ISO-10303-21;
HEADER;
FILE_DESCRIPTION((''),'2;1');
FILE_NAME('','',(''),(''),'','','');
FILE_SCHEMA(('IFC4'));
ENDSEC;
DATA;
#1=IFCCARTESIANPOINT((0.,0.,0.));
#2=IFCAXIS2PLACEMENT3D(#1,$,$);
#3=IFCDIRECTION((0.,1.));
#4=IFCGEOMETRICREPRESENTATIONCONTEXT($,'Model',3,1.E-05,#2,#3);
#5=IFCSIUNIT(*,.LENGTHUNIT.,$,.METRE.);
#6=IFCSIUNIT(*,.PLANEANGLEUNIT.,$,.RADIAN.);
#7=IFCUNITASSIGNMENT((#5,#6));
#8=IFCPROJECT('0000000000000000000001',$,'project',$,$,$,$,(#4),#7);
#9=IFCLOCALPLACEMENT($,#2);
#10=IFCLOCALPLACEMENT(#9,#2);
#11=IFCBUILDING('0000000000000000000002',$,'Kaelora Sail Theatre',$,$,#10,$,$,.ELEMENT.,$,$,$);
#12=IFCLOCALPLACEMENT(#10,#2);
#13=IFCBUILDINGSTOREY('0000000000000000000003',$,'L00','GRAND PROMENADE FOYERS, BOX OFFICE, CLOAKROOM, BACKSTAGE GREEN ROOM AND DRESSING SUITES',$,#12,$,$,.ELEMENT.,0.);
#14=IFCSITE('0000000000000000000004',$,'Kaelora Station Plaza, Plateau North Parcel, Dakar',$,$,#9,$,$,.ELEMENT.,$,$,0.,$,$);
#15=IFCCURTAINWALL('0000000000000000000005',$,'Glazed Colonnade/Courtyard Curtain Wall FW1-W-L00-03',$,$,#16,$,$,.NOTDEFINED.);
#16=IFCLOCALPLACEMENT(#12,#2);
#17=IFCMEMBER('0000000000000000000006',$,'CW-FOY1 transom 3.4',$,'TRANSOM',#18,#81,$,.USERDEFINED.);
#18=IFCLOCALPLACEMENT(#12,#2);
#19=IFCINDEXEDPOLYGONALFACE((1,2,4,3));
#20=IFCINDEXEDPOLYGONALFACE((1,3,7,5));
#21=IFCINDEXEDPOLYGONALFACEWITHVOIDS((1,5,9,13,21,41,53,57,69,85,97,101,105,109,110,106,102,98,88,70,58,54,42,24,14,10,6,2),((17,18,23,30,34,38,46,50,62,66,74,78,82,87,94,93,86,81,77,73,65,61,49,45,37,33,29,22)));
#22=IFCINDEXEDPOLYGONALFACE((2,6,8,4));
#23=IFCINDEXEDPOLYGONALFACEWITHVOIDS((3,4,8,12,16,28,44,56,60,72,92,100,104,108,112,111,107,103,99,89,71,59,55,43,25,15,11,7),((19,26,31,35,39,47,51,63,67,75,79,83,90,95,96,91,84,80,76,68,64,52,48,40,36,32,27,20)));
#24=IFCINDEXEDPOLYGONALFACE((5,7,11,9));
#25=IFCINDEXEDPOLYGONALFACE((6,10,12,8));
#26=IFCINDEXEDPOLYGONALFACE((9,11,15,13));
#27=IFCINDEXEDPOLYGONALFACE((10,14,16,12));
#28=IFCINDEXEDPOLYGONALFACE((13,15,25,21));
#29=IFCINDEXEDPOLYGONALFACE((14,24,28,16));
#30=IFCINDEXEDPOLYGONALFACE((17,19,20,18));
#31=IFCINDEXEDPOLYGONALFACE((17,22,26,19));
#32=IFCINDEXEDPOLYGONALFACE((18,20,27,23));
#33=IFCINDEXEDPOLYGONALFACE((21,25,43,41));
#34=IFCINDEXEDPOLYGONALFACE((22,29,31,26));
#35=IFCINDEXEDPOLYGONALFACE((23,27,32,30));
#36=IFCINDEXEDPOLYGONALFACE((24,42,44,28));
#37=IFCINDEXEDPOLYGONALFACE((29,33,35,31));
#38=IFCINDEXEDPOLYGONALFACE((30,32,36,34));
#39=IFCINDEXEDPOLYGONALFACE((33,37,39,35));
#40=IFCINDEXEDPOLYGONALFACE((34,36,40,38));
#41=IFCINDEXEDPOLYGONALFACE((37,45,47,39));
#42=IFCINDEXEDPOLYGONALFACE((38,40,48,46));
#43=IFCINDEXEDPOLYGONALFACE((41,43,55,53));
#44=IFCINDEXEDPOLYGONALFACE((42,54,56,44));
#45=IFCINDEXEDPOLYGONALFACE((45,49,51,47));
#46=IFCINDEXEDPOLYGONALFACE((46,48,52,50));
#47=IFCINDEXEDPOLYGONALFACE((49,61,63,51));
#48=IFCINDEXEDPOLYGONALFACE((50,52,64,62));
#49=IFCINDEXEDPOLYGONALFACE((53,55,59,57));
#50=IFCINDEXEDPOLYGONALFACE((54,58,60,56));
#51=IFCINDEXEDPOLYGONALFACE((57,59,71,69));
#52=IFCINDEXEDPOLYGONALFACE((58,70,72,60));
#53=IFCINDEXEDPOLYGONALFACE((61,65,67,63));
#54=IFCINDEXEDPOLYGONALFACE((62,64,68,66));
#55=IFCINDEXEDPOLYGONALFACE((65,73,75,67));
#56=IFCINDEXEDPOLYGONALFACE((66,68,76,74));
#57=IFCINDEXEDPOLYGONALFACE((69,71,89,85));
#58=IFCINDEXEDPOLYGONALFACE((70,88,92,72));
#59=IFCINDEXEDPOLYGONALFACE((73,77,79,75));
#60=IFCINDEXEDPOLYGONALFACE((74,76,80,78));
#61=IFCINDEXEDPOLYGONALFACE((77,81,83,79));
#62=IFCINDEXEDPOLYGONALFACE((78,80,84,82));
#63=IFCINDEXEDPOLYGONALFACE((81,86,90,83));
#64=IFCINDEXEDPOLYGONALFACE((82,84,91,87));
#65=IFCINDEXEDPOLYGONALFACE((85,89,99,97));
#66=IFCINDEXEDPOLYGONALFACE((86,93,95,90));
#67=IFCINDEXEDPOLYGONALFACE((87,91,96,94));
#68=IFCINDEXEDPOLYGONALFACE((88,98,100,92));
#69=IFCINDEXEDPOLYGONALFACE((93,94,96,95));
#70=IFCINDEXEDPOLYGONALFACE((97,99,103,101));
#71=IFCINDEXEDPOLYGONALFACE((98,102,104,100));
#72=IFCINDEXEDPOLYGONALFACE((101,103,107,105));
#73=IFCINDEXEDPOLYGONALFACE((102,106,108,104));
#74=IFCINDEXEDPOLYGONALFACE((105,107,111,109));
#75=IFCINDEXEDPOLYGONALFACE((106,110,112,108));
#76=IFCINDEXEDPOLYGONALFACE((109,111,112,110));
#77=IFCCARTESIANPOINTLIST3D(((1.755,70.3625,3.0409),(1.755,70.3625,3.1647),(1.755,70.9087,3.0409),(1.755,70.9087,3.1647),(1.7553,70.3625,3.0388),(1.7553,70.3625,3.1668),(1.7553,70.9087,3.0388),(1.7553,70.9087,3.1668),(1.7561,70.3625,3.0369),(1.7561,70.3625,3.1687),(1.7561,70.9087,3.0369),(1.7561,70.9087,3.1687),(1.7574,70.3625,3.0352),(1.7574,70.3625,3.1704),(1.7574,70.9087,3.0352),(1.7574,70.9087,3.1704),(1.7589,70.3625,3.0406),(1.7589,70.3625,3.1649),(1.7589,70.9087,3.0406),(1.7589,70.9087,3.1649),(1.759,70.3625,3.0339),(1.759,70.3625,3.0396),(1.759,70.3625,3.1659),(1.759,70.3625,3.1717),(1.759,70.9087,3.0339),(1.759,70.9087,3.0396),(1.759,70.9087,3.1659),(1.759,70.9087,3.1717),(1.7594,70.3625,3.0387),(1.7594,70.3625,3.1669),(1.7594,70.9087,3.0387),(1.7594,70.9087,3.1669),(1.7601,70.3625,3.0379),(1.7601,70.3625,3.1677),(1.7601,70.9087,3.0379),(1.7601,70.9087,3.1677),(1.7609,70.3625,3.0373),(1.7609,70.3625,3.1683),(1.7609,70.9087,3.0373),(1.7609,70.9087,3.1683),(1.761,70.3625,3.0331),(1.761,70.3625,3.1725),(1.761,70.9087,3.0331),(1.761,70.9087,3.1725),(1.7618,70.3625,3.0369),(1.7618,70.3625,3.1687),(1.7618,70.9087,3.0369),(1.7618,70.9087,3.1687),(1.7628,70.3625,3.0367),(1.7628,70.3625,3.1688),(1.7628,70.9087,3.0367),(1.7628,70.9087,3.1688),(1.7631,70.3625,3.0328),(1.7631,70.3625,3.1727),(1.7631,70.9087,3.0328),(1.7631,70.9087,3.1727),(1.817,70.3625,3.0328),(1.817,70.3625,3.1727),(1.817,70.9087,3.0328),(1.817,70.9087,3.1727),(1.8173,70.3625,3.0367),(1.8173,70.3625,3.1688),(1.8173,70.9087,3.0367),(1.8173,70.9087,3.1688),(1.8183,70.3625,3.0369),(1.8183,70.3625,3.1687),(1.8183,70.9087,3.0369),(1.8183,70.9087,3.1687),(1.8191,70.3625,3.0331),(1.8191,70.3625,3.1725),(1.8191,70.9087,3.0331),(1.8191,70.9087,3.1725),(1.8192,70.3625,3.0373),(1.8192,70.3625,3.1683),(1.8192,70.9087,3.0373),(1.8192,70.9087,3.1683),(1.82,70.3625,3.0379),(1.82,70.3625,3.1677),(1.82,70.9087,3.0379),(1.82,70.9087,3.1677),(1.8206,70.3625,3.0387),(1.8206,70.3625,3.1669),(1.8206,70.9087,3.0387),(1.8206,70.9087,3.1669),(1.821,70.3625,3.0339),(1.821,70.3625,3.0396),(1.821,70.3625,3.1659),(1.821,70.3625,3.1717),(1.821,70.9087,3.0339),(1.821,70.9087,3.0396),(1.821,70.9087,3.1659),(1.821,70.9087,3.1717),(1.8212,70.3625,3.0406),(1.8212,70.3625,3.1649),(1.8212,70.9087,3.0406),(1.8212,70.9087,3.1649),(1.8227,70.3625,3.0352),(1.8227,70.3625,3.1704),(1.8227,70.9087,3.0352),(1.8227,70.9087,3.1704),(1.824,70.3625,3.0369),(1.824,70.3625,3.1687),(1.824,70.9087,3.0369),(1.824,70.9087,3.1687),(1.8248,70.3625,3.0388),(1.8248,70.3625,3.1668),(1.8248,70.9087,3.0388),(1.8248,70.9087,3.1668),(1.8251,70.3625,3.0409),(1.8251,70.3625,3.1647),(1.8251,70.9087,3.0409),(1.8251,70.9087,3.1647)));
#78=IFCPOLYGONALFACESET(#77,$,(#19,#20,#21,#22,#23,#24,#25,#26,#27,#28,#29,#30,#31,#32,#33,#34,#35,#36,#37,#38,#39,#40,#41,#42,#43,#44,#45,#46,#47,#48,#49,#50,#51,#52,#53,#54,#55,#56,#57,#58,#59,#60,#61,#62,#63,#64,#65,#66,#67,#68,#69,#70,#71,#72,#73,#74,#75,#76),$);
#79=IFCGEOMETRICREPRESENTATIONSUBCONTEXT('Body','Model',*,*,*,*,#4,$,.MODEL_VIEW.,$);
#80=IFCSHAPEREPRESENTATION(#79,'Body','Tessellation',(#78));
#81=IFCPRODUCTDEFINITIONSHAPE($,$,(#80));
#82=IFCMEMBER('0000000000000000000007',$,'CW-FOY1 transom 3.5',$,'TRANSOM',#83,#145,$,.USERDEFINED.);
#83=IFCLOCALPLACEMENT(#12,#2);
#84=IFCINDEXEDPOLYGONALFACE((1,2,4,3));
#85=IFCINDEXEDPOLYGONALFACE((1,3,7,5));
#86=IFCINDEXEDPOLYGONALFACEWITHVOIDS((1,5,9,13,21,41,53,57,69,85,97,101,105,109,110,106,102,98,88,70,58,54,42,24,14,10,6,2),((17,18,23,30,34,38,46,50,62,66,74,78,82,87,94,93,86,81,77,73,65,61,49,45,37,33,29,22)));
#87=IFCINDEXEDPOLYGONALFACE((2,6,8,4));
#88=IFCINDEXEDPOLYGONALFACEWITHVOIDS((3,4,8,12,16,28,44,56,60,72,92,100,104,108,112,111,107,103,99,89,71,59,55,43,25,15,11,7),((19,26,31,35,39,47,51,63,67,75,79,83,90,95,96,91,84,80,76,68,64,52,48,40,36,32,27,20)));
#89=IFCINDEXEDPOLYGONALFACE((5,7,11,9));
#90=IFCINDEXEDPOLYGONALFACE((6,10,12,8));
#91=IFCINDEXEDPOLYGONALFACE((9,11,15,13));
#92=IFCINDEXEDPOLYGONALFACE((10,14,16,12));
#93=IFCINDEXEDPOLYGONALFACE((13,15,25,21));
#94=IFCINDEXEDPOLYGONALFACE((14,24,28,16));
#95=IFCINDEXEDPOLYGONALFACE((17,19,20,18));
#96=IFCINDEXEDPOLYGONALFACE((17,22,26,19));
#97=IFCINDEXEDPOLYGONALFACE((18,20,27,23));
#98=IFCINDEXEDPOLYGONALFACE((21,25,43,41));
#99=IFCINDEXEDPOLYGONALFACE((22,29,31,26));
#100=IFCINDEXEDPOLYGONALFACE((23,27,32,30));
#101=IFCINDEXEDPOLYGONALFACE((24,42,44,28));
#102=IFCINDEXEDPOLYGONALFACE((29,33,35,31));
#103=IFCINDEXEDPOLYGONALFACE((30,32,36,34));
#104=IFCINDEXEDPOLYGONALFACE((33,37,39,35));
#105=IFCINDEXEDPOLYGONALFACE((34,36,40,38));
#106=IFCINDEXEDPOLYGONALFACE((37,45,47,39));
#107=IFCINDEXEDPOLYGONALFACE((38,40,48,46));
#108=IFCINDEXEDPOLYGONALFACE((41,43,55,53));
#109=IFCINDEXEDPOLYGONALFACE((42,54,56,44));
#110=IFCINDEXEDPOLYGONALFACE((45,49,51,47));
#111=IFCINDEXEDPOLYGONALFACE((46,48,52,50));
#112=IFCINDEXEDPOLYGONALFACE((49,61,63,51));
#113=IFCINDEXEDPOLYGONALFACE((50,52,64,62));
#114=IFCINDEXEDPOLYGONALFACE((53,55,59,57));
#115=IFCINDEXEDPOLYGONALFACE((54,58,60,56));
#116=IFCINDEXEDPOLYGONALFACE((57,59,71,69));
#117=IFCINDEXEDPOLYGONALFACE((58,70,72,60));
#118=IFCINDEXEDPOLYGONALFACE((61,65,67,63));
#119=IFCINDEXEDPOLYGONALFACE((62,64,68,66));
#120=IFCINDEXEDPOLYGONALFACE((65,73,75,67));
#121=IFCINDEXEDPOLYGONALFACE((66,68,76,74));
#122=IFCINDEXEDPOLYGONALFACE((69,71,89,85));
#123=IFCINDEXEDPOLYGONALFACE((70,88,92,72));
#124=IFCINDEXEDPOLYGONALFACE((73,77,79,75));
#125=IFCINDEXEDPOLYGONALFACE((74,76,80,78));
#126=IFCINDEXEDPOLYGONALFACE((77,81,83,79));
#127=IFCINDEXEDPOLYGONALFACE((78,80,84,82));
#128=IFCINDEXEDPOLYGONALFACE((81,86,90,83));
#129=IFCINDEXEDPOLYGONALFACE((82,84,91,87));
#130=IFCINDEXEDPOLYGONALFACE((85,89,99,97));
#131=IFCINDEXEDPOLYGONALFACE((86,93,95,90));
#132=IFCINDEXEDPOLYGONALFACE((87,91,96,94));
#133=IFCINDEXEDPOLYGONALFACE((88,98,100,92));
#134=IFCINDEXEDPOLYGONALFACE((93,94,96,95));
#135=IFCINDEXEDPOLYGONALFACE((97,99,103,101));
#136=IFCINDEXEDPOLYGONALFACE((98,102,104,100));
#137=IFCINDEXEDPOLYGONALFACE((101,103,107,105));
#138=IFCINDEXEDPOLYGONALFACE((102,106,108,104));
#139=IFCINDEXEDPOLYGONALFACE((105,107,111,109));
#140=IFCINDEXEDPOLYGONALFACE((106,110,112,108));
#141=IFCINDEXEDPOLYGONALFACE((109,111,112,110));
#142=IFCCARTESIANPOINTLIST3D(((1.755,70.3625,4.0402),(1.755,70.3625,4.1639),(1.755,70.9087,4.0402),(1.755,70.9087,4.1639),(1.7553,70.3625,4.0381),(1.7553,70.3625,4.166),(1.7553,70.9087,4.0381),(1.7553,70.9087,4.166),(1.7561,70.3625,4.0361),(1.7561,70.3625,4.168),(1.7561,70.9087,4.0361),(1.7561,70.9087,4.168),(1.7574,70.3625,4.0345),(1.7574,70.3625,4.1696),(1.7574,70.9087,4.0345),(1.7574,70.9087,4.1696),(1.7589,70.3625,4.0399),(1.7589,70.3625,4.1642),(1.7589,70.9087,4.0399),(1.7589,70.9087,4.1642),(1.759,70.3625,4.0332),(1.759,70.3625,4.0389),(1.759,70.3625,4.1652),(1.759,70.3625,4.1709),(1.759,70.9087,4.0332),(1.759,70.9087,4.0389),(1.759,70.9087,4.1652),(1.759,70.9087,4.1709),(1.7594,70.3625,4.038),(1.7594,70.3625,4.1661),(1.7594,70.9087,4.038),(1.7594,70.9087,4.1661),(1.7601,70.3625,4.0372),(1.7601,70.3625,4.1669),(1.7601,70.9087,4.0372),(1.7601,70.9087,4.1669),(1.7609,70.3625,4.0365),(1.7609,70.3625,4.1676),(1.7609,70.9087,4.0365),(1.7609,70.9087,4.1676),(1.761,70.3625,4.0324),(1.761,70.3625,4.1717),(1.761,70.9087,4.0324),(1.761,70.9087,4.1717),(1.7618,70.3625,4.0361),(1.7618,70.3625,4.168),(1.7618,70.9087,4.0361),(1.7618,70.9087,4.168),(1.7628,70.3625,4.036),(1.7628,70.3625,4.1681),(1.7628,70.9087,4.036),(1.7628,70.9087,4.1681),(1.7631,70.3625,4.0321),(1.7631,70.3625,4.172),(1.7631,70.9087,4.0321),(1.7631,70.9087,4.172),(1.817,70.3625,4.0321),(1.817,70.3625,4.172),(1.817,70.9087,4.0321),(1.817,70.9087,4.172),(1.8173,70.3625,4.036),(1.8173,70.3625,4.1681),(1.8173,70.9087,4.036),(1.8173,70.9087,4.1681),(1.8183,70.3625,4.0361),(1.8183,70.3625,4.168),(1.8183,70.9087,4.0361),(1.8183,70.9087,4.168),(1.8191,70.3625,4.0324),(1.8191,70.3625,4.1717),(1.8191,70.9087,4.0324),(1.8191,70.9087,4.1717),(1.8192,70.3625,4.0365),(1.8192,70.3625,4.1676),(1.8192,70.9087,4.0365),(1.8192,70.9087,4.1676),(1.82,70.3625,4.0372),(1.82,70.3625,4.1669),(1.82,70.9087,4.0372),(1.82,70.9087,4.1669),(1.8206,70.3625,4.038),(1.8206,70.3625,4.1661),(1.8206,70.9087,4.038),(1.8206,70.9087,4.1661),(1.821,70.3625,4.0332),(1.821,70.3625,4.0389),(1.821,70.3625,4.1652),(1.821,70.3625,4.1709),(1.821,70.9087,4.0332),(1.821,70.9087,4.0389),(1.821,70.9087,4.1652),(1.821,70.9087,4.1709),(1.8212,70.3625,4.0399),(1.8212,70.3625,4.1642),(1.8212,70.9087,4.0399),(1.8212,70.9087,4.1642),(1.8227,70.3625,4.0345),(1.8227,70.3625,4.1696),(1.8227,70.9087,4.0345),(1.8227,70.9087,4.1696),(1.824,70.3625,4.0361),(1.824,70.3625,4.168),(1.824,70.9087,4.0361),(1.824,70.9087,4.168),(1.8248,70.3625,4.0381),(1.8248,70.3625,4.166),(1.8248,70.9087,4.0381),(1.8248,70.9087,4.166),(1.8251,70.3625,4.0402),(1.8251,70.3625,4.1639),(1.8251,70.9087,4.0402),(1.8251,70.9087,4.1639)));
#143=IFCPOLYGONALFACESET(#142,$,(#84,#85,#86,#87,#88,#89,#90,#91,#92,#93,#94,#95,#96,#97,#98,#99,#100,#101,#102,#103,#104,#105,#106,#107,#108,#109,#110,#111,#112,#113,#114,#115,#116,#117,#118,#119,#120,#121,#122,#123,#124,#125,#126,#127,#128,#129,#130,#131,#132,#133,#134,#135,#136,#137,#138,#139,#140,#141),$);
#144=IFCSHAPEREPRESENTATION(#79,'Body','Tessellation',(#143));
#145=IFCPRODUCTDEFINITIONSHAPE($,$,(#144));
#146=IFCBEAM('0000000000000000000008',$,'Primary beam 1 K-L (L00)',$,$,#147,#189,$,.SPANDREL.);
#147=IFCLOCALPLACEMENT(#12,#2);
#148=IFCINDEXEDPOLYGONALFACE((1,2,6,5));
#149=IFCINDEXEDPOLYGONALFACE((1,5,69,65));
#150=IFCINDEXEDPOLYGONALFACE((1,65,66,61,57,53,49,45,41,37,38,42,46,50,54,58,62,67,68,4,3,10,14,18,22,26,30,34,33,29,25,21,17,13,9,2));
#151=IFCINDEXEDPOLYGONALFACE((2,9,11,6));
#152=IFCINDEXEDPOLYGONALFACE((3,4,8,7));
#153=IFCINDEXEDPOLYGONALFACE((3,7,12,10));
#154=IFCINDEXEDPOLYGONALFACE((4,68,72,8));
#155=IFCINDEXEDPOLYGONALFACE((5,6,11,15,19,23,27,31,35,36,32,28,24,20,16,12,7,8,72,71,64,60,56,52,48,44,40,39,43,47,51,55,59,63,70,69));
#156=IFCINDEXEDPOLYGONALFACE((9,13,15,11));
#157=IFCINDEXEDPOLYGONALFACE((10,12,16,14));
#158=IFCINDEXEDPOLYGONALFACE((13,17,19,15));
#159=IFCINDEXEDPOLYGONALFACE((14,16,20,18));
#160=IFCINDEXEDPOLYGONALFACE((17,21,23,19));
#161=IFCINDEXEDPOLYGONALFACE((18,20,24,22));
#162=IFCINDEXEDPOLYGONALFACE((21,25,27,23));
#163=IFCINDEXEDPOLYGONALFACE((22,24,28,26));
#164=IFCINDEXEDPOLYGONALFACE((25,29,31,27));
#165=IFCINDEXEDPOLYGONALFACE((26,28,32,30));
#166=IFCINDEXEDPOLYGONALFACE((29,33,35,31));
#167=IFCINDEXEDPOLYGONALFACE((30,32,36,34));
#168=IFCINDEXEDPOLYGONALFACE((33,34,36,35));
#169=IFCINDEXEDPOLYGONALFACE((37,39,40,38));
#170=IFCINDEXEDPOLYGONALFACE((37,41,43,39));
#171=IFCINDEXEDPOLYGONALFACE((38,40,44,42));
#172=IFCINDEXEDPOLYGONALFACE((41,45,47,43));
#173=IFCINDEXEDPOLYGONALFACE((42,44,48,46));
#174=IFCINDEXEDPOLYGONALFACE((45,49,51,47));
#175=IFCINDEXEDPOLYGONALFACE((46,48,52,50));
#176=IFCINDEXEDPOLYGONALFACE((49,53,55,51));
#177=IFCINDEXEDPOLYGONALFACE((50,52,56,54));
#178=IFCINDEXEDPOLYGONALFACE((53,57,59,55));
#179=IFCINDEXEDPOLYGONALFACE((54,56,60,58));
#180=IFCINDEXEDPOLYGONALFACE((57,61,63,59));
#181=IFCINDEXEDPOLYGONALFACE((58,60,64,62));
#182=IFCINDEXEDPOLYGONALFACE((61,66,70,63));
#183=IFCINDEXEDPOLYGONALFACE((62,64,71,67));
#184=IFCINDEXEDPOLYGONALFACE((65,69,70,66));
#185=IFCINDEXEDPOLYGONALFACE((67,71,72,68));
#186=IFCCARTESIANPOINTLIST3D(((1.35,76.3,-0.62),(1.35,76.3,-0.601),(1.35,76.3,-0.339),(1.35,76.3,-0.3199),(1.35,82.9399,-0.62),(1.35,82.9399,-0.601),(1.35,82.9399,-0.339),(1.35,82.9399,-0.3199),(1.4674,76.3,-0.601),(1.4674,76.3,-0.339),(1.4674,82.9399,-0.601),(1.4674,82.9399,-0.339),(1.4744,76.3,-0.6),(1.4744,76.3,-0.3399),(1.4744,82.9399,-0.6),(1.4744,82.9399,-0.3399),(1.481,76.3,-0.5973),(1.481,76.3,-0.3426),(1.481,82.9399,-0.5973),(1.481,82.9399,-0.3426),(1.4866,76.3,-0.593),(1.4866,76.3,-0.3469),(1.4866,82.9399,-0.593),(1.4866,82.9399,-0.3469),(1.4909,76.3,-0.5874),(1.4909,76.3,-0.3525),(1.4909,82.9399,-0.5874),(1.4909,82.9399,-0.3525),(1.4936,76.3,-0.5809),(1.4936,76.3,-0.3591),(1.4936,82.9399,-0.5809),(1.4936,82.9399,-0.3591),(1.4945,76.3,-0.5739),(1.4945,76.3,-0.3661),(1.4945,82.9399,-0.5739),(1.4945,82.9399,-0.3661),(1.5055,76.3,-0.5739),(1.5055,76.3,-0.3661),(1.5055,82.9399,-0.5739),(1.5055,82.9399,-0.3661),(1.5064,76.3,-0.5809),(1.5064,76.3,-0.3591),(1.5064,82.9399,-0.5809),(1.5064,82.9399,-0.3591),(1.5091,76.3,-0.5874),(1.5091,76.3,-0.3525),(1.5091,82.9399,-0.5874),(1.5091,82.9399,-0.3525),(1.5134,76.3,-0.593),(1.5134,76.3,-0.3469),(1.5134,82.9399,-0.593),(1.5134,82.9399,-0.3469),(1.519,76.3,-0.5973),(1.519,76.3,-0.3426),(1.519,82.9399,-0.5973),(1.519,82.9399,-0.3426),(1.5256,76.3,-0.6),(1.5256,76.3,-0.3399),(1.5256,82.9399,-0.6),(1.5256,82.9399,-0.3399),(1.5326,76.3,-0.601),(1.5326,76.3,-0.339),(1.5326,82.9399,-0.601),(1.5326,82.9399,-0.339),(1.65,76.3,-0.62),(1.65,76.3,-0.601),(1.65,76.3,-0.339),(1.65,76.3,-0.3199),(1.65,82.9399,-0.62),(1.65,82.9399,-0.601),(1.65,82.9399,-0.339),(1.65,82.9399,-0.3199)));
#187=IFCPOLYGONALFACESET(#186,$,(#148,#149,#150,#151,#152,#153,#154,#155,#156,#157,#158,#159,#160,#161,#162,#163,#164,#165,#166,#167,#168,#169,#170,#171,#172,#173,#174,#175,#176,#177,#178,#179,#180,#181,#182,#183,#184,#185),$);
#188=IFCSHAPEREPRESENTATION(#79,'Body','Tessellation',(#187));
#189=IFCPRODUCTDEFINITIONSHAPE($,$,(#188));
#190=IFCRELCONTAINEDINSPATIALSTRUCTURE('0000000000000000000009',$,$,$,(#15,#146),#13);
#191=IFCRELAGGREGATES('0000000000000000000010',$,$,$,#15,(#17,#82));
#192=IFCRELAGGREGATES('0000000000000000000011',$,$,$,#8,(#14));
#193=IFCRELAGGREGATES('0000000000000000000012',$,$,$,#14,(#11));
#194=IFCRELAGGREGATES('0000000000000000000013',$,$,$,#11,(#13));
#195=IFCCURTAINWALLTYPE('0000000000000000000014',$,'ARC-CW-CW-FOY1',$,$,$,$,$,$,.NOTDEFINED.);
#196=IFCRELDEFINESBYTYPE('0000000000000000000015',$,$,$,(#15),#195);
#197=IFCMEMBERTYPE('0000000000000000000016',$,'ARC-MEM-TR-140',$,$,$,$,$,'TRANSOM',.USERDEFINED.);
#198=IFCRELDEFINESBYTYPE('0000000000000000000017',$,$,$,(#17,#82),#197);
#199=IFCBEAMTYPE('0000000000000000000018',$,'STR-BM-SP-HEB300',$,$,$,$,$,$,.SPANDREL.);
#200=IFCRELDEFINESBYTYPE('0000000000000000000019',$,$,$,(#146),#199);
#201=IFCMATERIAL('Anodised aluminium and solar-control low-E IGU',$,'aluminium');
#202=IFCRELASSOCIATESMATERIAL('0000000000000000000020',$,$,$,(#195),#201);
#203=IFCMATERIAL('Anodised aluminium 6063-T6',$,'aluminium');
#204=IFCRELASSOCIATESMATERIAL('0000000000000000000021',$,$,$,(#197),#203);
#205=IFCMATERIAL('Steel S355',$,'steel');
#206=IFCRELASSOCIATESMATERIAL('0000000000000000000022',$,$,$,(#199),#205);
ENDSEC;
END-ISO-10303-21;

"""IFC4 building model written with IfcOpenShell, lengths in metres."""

from ifc_helpers import new_model, si_unit, direction, frame, origin, origin_2d, place, context, subcontext, project, spatial, hollow_rectangle, i_section, extrude, material, material_profile, profile_set, type_object, element, aggregate, save


model = new_model("IFC4")

# Units and contexts
model_context = context("Model", 3, precision=1e-05, world=origin(), true_north=direction((0.0, 1.0)))
body_context = subcontext(model_context, "Body", "Model", "MODEL_VIEW")
ifc_project = project(units=[si_unit("LENGTHUNIT", "METRE"), si_unit("PLANEANGLEUNIT", "RADIAN")], contexts=[model_context])

# Site, building, storey
site_placement = place(None, origin())
site = spatial("IfcSite", under=ifc_project, at=site_placement, Name="Kaelora Station Plaza, Plateau North Parcel, Dakar", CompositionType="ELEMENT", RefElevation=0.0)
building_placement = place(site_placement, origin())
building = spatial("IfcBuilding", under=site, at=building_placement, Name="Kaelora Sail Theatre", CompositionType="ELEMENT")
storey_placement = place(building_placement, origin())
storey = spatial("IfcBuildingStorey", under=building, at=storey_placement, Name="L00", Description="GRAND PROMENADE FOYERS, BOX OFFICE, CLOAKROOM, BACKSTAGE GREEN ROOM AND DRESSING SUITES", CompositionType="ELEMENT", Elevation=0.0)

# Curtain wall, members
ifc_material_1 = material(Name="Anodised aluminium and solar-control low-E IGU", Category="aluminium")
curtain_wall_type = type_object("IfcCurtainWallType", Name="ARC-CW-CW-FOY1", PredefinedType="NOTDEFINED", material=ifc_material_1)
curtain_wall_placement = place(storey_placement, origin())
curtain_wall = element("IfcCurtainWall", 1, at=curtain_wall_placement, inside=storey, type_object=curtain_wall_type, Name="Glazed Colonnade/Courtyard Curtain Wall FW1-W-L00-03", PredefinedType="NOTDEFINED")
ifc_material_2 = material(Name="Anodised aluminium 6063-T6", Category="aluminium")
ifc_material_profile_1 = material_profile(ifc_material_2, hollow_rectangle(XDim=0.0701, YDim=0.1399, WallThickness=0.0039, InnerFilletRadius=0.0039, OuterFilletRadius=0.0081, at=origin_2d()), Name="ALU-TRAN 70x140x4")
ifc_profile_set_1 = profile_set([ifc_material_profile_1], Name="Anodised aluminium 6063-T6")
member_type_1 = type_object("IfcMemberType", Name="ARC-MEM-TR-140", ElementType="TRANSOM", PredefinedType="USERDEFINED", material=ifc_profile_set_1)
member_1_placement = place(storey_placement, frame((1.79, 70.3625, 3.1028), z_axis=(0.0, 1.0, 0.0), x_axis=(-1.0, 0.0, 0.0)))
member_1 = element("IfcMember", 2, at=member_1_placement, type_object=member_type_1, Name="CW-FOY1 transom 3.4", ObjectType="TRANSOM", PredefinedType="USERDEFINED", context=body_context, shape_type="SweptSolid", body=[
    extrude(hollow_rectangle(XDim=0.0701, YDim=0.1399, WallThickness=0.0039, InnerFilletRadius=0.0039, OuterFilletRadius=0.0081, at=origin_2d()), origin(), (0.0, 0.0, 1.0), 0.5461),
])
member_2_placement = place(storey_placement, frame((1.79, 70.3625, 4.1021), z_axis=(0.0, 1.0, 0.0), x_axis=(-1.0, 0.0, 0.0)))
member_2 = element("IfcMember", 3, at=member_2_placement, type_object=member_type_1, Name="CW-FOY1 transom 3.5", ObjectType="TRANSOM", PredefinedType="USERDEFINED", context=body_context, shape_type="SweptSolid", body=[
    extrude(hollow_rectangle(XDim=0.0701, YDim=0.1399, WallThickness=0.0039, InnerFilletRadius=0.0039, OuterFilletRadius=0.0081, at=origin_2d()), origin(), (0.0, 0.0, 1.0), 0.5461),
])

# Beam
ifc_material_3 = material(Name="Steel S355", Category="steel")
ifc_material_profile_2 = material_profile(ifc_material_3, i_section(OverallWidth=0.3, OverallDepth=0.3, WebThickness=0.011, FlangeThickness=0.019, FilletRadius=0.0271, at=origin_2d()), Name="HEB 300")
ifc_profile_set_2 = profile_set([ifc_material_profile_2], Name="Steel S355")
beam_type = type_object("IfcBeamType", Name="STR-BM-SP-HEB300", PredefinedType="SPANDREL", material=ifc_profile_set_2)
beam_placement = place(storey_placement, frame((1.5, 76.3, -0.47), z_axis=(0.0, 1.0, 0.0), x_axis=(-1.0, 0.0, 0.0)))
element("IfcBeam", 4, at=beam_placement, inside=storey, type_object=beam_type, Name="Primary beam 1 K-L (L00)", PredefinedType="SPANDREL", context=body_context, shape_type="SweptSolid", body=[
    extrude(i_section(OverallWidth=0.3, OverallDepth=0.3, WebThickness=0.011, FlangeThickness=0.019, FilletRadius=0.0271, at=origin_2d()), origin(), (0.0, 0.0, 1.0), 6.6399),
])

aggregate(curtain_wall, [member_1, member_2])

save(model, "model.ifc")
